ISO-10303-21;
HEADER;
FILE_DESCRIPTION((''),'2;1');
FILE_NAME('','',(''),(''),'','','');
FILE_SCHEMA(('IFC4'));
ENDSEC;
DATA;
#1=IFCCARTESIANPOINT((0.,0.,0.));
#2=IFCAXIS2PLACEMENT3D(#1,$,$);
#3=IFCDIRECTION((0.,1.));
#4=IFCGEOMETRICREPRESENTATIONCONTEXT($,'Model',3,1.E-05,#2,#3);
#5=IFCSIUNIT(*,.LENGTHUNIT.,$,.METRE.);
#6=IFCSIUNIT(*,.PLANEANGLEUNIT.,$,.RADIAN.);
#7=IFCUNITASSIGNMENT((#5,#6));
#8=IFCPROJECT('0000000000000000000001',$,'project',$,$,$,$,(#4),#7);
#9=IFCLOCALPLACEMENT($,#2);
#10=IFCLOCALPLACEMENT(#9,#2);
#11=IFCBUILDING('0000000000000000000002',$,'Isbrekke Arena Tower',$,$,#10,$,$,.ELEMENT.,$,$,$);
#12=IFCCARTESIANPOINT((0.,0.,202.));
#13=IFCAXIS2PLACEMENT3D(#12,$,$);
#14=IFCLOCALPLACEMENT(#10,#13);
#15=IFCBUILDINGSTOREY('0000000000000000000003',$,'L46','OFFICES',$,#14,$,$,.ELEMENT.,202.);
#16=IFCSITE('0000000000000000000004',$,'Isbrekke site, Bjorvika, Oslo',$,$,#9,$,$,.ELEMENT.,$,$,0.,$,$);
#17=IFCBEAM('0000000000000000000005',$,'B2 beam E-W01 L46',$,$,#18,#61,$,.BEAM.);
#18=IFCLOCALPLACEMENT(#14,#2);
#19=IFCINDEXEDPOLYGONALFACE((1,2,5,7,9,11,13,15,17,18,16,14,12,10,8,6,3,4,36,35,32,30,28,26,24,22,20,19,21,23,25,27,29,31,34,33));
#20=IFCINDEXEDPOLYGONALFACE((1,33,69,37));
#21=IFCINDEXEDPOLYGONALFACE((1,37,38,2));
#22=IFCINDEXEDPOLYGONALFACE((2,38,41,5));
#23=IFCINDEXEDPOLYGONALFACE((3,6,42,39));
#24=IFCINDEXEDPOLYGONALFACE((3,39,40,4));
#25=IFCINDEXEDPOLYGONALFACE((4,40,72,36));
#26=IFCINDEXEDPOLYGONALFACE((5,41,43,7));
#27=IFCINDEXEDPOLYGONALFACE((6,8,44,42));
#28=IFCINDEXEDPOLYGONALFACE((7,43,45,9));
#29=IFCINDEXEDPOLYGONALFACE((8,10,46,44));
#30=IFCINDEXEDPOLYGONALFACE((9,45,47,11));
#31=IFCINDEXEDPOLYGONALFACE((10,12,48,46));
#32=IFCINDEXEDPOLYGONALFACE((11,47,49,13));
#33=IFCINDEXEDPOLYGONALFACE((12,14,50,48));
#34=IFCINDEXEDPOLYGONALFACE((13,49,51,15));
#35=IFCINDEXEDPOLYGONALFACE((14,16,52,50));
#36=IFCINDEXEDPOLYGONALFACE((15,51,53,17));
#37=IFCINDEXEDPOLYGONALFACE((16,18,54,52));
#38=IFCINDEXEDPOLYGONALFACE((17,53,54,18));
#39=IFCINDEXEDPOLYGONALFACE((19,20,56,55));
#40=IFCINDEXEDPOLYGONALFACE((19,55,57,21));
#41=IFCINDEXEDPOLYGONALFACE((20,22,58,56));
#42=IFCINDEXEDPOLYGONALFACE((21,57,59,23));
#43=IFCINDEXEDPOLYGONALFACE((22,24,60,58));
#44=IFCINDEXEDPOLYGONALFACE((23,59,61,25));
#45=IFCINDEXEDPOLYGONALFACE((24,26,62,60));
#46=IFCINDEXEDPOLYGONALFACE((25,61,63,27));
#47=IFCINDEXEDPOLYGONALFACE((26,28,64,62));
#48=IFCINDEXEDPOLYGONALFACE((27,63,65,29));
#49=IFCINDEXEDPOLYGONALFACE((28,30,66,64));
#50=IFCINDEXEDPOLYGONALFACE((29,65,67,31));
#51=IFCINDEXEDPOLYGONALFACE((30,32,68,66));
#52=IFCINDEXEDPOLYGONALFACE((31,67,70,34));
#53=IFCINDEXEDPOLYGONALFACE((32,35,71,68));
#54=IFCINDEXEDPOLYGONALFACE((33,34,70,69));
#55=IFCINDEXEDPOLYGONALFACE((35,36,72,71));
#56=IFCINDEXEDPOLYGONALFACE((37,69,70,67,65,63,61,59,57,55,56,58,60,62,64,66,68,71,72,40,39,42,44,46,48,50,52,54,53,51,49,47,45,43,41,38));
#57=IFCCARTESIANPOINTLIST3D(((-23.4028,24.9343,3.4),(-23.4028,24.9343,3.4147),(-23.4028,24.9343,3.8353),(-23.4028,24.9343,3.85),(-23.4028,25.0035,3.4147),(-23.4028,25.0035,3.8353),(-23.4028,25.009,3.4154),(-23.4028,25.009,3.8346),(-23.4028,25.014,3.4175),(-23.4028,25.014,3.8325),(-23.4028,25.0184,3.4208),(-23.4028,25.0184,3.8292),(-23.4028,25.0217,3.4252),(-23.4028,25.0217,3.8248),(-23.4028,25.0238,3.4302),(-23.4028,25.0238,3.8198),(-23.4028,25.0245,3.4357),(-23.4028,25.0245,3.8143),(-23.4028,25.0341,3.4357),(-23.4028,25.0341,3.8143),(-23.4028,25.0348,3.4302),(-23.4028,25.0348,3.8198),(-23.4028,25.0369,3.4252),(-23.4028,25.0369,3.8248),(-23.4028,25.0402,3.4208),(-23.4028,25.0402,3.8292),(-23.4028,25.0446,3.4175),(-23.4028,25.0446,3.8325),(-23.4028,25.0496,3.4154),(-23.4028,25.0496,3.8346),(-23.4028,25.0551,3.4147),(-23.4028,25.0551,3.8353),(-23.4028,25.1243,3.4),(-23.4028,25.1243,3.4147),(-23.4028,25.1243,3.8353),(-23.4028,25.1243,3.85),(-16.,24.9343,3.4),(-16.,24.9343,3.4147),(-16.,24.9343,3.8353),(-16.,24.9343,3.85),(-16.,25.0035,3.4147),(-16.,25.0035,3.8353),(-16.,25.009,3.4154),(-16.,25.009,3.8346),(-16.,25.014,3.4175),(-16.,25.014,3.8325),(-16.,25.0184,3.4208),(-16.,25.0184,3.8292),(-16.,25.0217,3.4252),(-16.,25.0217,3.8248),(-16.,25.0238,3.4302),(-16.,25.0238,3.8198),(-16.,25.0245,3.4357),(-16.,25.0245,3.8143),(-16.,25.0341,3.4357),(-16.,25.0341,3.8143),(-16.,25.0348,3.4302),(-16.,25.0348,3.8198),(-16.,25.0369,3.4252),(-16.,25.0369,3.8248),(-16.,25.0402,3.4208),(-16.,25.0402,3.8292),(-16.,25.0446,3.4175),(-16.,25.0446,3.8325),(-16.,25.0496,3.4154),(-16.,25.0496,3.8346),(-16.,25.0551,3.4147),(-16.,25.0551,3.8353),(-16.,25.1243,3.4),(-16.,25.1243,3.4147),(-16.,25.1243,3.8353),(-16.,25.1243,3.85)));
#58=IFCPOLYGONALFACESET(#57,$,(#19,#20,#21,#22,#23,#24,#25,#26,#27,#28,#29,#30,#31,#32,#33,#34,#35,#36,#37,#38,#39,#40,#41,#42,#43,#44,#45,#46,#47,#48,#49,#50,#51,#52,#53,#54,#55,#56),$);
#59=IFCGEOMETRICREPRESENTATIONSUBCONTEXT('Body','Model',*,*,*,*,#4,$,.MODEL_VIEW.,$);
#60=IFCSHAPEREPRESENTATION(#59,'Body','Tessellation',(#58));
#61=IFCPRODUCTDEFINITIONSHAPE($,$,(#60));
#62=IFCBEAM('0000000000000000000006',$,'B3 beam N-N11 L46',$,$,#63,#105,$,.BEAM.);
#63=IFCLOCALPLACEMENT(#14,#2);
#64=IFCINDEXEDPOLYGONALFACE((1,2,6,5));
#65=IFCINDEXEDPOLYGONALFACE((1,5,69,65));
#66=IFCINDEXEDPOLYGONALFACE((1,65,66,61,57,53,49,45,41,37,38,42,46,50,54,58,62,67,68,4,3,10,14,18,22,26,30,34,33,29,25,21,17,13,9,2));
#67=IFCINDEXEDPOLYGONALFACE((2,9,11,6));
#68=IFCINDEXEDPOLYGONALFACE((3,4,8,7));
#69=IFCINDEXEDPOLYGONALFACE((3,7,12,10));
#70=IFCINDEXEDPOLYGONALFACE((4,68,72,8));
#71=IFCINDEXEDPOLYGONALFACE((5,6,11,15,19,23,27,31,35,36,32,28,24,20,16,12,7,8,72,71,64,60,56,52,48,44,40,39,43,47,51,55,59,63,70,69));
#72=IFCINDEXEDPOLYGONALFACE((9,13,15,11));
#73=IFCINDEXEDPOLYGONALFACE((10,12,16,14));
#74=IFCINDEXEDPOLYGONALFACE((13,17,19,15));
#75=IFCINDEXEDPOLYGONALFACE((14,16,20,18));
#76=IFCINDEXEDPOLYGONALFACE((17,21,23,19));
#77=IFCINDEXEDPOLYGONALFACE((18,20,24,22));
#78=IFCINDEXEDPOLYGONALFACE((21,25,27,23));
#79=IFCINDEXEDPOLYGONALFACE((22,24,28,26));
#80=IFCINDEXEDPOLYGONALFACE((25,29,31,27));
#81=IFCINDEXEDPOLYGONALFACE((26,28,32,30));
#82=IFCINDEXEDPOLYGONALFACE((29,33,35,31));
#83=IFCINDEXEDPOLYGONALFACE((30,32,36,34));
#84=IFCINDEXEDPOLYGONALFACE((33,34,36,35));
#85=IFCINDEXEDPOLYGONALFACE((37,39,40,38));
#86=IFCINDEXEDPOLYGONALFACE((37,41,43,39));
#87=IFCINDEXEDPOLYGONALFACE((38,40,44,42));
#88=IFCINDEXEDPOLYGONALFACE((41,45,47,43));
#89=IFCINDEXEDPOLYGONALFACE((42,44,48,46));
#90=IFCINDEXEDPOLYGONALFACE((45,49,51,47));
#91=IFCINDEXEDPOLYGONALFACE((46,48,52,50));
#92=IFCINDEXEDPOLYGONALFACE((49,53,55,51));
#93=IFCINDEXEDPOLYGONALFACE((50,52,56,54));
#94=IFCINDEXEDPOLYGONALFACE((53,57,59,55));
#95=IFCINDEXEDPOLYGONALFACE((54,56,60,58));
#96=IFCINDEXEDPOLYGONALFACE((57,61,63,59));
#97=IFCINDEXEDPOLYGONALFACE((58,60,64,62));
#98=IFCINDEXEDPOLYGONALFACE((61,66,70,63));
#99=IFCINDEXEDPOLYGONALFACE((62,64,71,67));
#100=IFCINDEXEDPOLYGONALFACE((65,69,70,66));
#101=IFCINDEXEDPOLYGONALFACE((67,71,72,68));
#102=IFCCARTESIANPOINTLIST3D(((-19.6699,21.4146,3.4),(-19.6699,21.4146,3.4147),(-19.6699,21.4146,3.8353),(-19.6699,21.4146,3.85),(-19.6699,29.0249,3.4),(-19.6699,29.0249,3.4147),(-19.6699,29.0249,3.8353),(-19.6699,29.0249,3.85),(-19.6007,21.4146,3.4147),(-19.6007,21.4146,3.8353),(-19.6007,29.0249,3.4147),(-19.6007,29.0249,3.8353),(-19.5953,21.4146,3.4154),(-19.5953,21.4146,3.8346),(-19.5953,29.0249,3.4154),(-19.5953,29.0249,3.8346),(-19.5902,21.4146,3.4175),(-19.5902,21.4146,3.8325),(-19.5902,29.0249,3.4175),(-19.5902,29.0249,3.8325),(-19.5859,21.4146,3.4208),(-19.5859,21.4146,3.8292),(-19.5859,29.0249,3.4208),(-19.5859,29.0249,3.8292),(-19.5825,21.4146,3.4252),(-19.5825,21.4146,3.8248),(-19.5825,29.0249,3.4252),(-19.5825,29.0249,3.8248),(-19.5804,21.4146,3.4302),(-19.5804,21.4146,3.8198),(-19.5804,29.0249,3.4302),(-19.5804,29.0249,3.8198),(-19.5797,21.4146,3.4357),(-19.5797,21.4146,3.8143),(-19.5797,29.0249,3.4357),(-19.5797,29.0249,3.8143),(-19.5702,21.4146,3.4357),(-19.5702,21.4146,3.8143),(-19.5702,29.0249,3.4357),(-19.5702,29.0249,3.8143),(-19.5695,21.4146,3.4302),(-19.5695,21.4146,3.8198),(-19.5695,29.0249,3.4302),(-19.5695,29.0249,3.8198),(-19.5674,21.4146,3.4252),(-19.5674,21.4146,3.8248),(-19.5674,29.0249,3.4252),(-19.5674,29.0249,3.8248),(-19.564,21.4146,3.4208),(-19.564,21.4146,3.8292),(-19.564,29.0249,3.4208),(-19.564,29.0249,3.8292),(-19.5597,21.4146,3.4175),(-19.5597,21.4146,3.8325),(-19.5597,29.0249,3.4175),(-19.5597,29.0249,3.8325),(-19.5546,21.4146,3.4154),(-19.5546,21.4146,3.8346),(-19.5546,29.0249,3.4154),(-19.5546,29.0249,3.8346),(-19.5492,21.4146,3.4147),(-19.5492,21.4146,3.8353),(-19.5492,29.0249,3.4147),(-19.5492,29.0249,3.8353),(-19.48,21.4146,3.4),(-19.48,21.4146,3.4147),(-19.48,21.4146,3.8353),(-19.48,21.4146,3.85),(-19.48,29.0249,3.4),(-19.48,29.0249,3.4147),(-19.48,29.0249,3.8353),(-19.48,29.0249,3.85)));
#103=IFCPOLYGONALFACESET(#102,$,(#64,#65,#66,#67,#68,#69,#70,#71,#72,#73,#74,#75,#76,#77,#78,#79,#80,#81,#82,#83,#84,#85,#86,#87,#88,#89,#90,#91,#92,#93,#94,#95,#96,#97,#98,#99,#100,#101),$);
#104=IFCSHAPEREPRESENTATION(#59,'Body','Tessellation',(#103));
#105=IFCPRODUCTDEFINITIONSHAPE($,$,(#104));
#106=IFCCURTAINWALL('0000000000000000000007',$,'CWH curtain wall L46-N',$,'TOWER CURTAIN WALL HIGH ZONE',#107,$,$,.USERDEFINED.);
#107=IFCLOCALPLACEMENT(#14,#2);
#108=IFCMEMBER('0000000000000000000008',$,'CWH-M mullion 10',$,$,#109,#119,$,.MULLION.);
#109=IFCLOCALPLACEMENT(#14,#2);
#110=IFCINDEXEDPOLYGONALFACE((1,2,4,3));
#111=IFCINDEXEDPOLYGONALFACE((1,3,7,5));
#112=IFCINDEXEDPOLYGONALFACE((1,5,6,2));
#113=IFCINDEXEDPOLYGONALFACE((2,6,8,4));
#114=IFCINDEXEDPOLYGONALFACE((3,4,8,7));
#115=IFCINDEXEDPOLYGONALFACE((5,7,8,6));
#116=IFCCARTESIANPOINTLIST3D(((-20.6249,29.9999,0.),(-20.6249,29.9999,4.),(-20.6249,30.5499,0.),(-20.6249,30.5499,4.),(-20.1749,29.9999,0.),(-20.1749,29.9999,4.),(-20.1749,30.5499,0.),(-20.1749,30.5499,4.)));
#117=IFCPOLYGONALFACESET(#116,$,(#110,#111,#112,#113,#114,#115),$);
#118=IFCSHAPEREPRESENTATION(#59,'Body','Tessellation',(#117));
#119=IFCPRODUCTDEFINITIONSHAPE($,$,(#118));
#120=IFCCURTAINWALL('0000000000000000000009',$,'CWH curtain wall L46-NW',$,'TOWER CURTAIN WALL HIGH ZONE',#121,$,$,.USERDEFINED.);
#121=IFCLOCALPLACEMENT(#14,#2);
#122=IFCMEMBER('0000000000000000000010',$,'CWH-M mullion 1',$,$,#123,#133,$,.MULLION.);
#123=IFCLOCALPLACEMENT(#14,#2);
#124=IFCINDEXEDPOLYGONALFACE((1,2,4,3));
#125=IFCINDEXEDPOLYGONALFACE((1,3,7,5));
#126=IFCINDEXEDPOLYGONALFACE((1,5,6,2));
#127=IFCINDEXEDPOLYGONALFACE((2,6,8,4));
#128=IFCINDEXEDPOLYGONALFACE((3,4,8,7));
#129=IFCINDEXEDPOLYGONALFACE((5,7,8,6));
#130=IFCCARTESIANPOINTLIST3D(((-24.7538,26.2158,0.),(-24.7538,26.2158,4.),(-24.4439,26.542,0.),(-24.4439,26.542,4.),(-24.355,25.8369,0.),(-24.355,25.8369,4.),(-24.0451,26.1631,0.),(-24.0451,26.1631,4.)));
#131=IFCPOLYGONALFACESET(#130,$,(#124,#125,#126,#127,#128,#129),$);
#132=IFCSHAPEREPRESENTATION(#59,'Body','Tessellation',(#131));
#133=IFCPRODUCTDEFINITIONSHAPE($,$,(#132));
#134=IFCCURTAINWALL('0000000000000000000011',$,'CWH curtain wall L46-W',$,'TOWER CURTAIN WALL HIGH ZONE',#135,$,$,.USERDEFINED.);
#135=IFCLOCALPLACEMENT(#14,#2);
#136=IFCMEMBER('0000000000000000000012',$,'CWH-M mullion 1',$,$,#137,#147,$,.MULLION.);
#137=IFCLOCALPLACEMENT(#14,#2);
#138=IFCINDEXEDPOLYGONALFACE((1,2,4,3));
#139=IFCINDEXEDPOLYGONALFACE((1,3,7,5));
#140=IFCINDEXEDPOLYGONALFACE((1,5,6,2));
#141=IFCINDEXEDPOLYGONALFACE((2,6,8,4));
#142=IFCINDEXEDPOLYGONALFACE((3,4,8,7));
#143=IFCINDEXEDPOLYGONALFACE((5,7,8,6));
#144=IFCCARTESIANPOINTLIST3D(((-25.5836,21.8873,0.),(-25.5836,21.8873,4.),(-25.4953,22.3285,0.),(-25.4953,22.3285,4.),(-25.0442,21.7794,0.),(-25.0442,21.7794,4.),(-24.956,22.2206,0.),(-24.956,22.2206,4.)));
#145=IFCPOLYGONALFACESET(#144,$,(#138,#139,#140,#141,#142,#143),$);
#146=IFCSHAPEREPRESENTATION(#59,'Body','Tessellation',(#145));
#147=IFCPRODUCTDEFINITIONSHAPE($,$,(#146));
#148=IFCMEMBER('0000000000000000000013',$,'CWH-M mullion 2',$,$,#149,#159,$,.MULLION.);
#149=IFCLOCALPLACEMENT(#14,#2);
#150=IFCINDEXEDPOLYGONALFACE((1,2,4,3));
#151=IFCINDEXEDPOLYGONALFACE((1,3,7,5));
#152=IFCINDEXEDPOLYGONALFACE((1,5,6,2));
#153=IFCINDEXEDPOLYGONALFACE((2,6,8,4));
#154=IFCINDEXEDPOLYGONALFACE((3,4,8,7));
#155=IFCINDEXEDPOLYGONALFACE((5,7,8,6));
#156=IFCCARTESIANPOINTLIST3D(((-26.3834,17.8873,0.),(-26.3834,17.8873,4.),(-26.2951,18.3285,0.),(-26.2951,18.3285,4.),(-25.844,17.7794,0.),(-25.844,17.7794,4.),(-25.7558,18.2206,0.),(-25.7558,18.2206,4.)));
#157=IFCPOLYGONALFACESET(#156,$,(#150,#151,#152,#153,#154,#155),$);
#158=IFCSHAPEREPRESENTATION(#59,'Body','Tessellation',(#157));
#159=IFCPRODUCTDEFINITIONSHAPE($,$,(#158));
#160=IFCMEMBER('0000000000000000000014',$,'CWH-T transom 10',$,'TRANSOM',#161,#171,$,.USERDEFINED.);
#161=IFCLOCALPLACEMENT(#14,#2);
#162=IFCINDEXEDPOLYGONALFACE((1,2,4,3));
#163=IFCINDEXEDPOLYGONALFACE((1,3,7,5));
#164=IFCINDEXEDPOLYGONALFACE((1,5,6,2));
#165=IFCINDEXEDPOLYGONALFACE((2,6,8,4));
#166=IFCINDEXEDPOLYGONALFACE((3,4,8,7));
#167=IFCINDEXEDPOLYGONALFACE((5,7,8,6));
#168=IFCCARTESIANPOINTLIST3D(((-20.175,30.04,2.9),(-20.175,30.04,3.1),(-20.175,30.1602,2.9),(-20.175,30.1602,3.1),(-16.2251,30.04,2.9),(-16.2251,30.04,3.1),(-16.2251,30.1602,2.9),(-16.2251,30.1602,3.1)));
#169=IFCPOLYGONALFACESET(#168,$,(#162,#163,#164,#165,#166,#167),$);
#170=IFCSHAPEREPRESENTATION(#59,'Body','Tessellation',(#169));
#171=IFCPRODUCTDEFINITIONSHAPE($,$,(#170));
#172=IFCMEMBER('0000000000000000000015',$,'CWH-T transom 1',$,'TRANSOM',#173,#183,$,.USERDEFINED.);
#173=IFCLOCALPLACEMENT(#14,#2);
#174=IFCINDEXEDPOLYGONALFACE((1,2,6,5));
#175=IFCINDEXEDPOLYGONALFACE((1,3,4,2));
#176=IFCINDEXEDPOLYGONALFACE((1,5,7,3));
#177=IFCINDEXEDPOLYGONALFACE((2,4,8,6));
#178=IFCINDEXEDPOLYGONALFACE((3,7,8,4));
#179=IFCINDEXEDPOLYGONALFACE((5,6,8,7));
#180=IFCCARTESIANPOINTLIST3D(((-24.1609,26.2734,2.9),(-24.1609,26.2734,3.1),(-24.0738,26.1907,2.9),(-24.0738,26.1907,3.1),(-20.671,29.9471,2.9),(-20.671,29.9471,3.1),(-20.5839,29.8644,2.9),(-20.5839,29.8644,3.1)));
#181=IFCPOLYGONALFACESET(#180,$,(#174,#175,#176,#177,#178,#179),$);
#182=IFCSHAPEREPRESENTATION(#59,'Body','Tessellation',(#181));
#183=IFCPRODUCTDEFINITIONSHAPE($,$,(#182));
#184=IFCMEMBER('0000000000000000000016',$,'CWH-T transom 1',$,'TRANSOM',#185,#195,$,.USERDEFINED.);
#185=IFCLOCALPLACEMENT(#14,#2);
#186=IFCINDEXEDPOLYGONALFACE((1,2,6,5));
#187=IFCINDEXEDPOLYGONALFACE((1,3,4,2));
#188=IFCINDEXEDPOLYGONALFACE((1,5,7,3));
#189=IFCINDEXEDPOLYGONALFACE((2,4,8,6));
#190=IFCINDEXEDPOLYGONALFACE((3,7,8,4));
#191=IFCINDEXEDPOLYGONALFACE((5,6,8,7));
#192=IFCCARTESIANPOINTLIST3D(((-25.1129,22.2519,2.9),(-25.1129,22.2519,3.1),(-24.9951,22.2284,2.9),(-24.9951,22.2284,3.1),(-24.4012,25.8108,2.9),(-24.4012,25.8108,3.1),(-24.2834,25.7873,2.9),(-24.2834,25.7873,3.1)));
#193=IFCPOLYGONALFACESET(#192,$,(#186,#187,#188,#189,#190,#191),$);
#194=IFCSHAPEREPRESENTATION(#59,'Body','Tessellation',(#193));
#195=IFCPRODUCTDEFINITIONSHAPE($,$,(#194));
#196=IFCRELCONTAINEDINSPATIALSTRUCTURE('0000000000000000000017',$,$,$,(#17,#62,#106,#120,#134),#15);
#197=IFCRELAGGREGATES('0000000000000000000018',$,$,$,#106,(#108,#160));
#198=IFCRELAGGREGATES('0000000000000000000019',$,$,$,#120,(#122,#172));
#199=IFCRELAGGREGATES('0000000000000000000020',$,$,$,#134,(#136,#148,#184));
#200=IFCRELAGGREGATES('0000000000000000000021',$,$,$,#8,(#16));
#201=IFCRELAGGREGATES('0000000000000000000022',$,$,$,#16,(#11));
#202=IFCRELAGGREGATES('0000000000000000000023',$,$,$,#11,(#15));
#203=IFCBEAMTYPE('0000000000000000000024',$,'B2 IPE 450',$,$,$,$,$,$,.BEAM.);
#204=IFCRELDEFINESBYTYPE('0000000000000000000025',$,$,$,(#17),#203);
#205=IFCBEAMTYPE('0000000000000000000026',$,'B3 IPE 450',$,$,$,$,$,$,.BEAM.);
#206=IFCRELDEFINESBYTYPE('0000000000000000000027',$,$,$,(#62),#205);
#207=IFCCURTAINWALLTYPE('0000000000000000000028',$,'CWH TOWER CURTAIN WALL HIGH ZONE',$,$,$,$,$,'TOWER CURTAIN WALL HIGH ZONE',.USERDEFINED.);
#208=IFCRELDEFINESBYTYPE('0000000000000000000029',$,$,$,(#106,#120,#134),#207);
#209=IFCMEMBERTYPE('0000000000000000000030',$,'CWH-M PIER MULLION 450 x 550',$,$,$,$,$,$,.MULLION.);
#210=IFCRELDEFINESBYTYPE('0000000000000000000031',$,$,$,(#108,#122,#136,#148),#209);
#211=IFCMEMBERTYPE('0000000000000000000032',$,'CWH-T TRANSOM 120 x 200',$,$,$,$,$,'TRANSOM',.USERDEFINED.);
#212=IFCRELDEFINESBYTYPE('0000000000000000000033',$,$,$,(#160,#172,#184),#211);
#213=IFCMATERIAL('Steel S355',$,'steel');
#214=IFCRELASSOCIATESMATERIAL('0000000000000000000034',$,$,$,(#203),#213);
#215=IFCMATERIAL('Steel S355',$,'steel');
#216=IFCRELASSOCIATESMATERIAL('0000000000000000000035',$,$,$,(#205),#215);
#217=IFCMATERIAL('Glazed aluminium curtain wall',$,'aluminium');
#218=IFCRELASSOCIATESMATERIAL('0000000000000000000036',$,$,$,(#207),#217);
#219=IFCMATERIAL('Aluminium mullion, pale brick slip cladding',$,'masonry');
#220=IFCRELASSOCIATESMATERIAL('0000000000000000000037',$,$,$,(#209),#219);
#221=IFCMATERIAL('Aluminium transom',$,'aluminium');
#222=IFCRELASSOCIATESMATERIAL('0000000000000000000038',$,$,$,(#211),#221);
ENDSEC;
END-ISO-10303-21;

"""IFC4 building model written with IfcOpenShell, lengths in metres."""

from ifc_helpers import new_model, si_unit, direction, frame, origin, origin_2d, place, context, subcontext, project, spatial, rectangle, i_section, extrude, material, material_profile, profile_set, type_object, element, aggregate, save


model = new_model("IFC4")

# Units and contexts
model_context = context("Model", 3, precision=1e-05, world=origin(), true_north=direction((0.0, 1.0)))
body_context = subcontext(model_context, "Body", "Model", "MODEL_VIEW")
ifc_project = project(units=[si_unit("LENGTHUNIT", "METRE"), si_unit("PLANEANGLEUNIT", "RADIAN")], contexts=[model_context])

# Site, building, storey
site_placement = place(None, origin())
site = spatial("IfcSite", under=ifc_project, at=site_placement, Name="Isbrekke site, Bjorvika, Oslo", CompositionType="ELEMENT", RefElevation=0.0)
building_placement = place(site_placement, origin())
building = spatial("IfcBuilding", under=site, at=building_placement, Name="Isbrekke Arena Tower", CompositionType="ELEMENT")
storey_placement = place(building_placement, frame((0.0, 0.0, 202.0)))
storey = spatial("IfcBuildingStorey", under=building, at=storey_placement, Name="L46", Description="OFFICES", CompositionType="ELEMENT", Elevation=202.0)

# Beams
ifc_material_1 = material(Name="Steel S355", Category="steel")
ifc_material_profile_1 = material_profile(ifc_material_1, i_section(OverallWidth=0.1899, OverallDepth=0.45, WebThickness=0.0095, FlangeThickness=0.0146, FilletRadius=0.021, at=origin_2d()), Name="IPE 450")
ifc_profile_set_1 = profile_set([ifc_material_profile_1], Name="Steel S355")
beam_type_1 = type_object("IfcBeamType", Name="B2 IPE 450", PredefinedType="BEAM", material=ifc_profile_set_1)
beam_1_placement = place(storey_placement, frame((-23.4028, 25.0293, 3.625), z_axis=(1.0, 0.0, 0.0), x_axis=(0.0, 1.0, 0.0)))
element("IfcBeam", 1, at=beam_1_placement, inside=storey, type_object=beam_type_1, Name="B2 beam E-W01 L46", PredefinedType="BEAM", context=body_context, shape_type="SweptSolid", body=[
    extrude(i_section(OverallWidth=0.1899, OverallDepth=0.45, WebThickness=0.0095, FlangeThickness=0.0146, FilletRadius=0.021, at=origin_2d()), origin(), (0.0, 0.0, 1.0), 7.4028),
])
ifc_material_2 = material(Name="Steel S355", Category="steel")
ifc_material_profile_2 = material_profile(ifc_material_2, i_section(OverallWidth=0.1899, OverallDepth=0.45, WebThickness=0.0095, FlangeThickness=0.0146, FilletRadius=0.021, at=origin_2d()), Name="IPE 450")
ifc_profile_set_2 = profile_set([ifc_material_profile_2], Name="Steel S355")
beam_type_2 = type_object("IfcBeamType", Name="B3 IPE 450", PredefinedType="BEAM", material=ifc_profile_set_2)
beam_2_placement = place(storey_placement, frame((-19.575, 29.0249, 3.625), z_axis=(0.0, -1.0, 0.0), x_axis=(1.0, 0.0, 0.0)))
element("IfcBeam", 2, at=beam_2_placement, inside=storey, type_object=beam_type_2, Name="B3 beam N-N11 L46", PredefinedType="BEAM", context=body_context, shape_type="SweptSolid", body=[
    extrude(i_section(OverallWidth=0.1899, OverallDepth=0.45, WebThickness=0.0095, FlangeThickness=0.0146, FilletRadius=0.021, at=origin_2d()), origin(), (0.0, 0.0, 1.0), 7.6104),
])

# Curtain walls, members
ifc_material_3 = material(Name="Glazed aluminium curtain wall", Category="aluminium")
curtain_wall_type = type_object("IfcCurtainWallType", Name="CWH TOWER CURTAIN WALL HIGH ZONE", ElementType="TOWER CURTAIN WALL HIGH ZONE", PredefinedType="USERDEFINED", material=ifc_material_3)
curtain_wall_1_placement = place(storey_placement, origin())
curtain_wall_1 = element("IfcCurtainWall", 3, at=curtain_wall_1_placement, inside=storey, type_object=curtain_wall_type, Name="CWH curtain wall L46-N", ObjectType="TOWER CURTAIN WALL HIGH ZONE", PredefinedType="USERDEFINED")
ifc_material_4 = material(Name="Aluminium mullion, pale brick slip cladding", Category="masonry")
ifc_material_profile_3 = material_profile(ifc_material_4, rectangle(XDim=0.45, YDim=0.55, at=origin_2d()), Name="PIER 450X550")
ifc_profile_set_3 = profile_set([ifc_material_profile_3], Name="Aluminium mullion, pale brick slip cladding")
member_type_1 = type_object("IfcMemberType", Name="CWH-M PIER MULLION 450 x 550", PredefinedType="MULLION", material=ifc_profile_set_3)
member_1_placement = place(storey_placement, frame((-20.3999, 30.2749, 0.0), z_axis=(0.0, 0.0, 1.0), x_axis=(-1.0, 0.0, 0.0)))
member_1 = element("IfcMember", 4, at=member_1_placement, type_object=member_type_1, Name="CWH-M mullion 10", PredefinedType="MULLION", context=body_context, shape_type="SweptSolid", body=[
    extrude(rectangle(XDim=0.45, YDim=0.55, at=origin_2d()), origin(), (0.0, 0.0, 1.0), 4.0),
])
curtain_wall_2_placement = place(storey_placement, origin())
curtain_wall_2 = element("IfcCurtainWall", 5, at=curtain_wall_2_placement, inside=storey, type_object=curtain_wall_type, Name="CWH curtain wall L46-NW", ObjectType="TOWER CURTAIN WALL HIGH ZONE", PredefinedType="USERDEFINED")
member_2_placement = place(storey_placement, frame((-24.3994, 26.1895, 0.0), z_axis=(0.0, 0.0, 1.0), x_axis=(-0.688749, -0.724999, 0.0)))
member_2 = element("IfcMember", 6, at=member_2_placement, type_object=member_type_1, Name="CWH-M mullion 1", PredefinedType="MULLION", context=body_context, shape_type="SweptSolid", body=[
    extrude(rectangle(XDim=0.45, YDim=0.55, at=origin_2d()), origin(), (0.0, 0.0, 1.0), 4.0),
])

# Curtain wall, members
curtain_wall_3_placement = place(storey_placement, origin())
curtain_wall_3 = element("IfcCurtainWall", 7, at=curtain_wall_3_placement, inside=storey, type_object=curtain_wall_type, Name="CWH curtain wall L46-W", ObjectType="TOWER CURTAIN WALL HIGH ZONE", PredefinedType="USERDEFINED")
member_3_placement = place(storey_placement, frame((-25.2698, 22.054, 0.0), z_axis=(0.0, 0.0, 1.0), x_axis=(-0.196116, -0.980581, 0.0)))
member_3 = element("IfcMember", 8, at=member_3_placement, type_object=member_type_1, Name="CWH-M mullion 1", PredefinedType="MULLION", context=body_context, shape_type="SweptSolid", body=[
    extrude(rectangle(XDim=0.45, YDim=0.55, at=origin_2d()), origin(), (0.0, 0.0, 1.0), 4.0),
])
member_4_placement = place(storey_placement, frame((-26.0696, 18.054, 0.0), z_axis=(0.0, 0.0, 1.0), x_axis=(-0.196116, -0.980581, 0.0)))
member_4 = element("IfcMember", 9, at=member_4_placement, type_object=member_type_1, Name="CWH-M mullion 2", PredefinedType="MULLION", context=body_context, shape_type="SweptSolid", body=[
    extrude(rectangle(XDim=0.45, YDim=0.55, at=origin_2d()), origin(), (0.0, 0.0, 1.0), 4.0),
])

# Members
ifc_material_5 = material(Name="Aluminium transom", Category="aluminium")
ifc_material_profile_4 = material_profile(ifc_material_5, rectangle(XDim=0.1201, YDim=0.2, at=origin_2d()), Name="TRANSOM 120X200")
ifc_profile_set_4 = profile_set([ifc_material_profile_4], Name="Aluminium transom")
member_type_2 = type_object("IfcMemberType", Name="CWH-T TRANSOM 120 x 200", ElementType="TRANSOM", PredefinedType="USERDEFINED", material=ifc_profile_set_4)
member_5_placement = place(storey_placement, frame((-16.2251, 30.1001, 3.0), z_axis=(-1.0, 0.0, 0.0), x_axis=(0.0, -1.0, 0.0)))
member_5 = element("IfcMember", 10, at=member_5_placement, type_object=member_type_2, Name="CWH-T transom 10", ObjectType="TRANSOM", PredefinedType="USERDEFINED", context=body_context, shape_type="SweptSolid", body=[
    extrude(rectangle(XDim=0.1201, YDim=0.2, at=origin_2d()), origin(), (0.0, 0.0, 1.0), 3.95),
])
member_6_placement = place(storey_placement, frame((-20.6274, 29.9058, 3.0), z_axis=(-0.688734, -0.725014, 0.0), x_axis=(0.725014, -0.688734, 0.0)))
member_6 = element("IfcMember", 11, at=member_6_placement, type_object=member_type_2, Name="CWH-T transom 1", ObjectType="TRANSOM", PredefinedType="USERDEFINED", context=body_context, shape_type="SweptSolid", body=[
    extrude(rectangle(XDim=0.1201, YDim=0.2, at=origin_2d()), origin(), (0.0, 0.0, 1.0), 5.0671),
])
member_7_placement = place(storey_placement, frame((-24.3423, 25.7991, 3.0), z_axis=(-0.19609, -0.980586, 0.0), x_axis=(0.980586, -0.19609, 0.0)))
member_7 = element("IfcMember", 12, at=member_7_placement, type_object=member_type_2, Name="CWH-T transom 1", ObjectType="TRANSOM", PredefinedType="USERDEFINED", context=body_context, shape_type="SweptSolid", body=[
    extrude(rectangle(XDim=0.1201, YDim=0.2, at=origin_2d()), origin(), (0.0, 0.0, 1.0), 3.6294),
])

aggregate(curtain_wall_1, [member_1, member_5])
aggregate(curtain_wall_2, [member_2, member_6])
aggregate(curtain_wall_3, [member_3, member_4, member_7])

save(model, "model.ifc")
